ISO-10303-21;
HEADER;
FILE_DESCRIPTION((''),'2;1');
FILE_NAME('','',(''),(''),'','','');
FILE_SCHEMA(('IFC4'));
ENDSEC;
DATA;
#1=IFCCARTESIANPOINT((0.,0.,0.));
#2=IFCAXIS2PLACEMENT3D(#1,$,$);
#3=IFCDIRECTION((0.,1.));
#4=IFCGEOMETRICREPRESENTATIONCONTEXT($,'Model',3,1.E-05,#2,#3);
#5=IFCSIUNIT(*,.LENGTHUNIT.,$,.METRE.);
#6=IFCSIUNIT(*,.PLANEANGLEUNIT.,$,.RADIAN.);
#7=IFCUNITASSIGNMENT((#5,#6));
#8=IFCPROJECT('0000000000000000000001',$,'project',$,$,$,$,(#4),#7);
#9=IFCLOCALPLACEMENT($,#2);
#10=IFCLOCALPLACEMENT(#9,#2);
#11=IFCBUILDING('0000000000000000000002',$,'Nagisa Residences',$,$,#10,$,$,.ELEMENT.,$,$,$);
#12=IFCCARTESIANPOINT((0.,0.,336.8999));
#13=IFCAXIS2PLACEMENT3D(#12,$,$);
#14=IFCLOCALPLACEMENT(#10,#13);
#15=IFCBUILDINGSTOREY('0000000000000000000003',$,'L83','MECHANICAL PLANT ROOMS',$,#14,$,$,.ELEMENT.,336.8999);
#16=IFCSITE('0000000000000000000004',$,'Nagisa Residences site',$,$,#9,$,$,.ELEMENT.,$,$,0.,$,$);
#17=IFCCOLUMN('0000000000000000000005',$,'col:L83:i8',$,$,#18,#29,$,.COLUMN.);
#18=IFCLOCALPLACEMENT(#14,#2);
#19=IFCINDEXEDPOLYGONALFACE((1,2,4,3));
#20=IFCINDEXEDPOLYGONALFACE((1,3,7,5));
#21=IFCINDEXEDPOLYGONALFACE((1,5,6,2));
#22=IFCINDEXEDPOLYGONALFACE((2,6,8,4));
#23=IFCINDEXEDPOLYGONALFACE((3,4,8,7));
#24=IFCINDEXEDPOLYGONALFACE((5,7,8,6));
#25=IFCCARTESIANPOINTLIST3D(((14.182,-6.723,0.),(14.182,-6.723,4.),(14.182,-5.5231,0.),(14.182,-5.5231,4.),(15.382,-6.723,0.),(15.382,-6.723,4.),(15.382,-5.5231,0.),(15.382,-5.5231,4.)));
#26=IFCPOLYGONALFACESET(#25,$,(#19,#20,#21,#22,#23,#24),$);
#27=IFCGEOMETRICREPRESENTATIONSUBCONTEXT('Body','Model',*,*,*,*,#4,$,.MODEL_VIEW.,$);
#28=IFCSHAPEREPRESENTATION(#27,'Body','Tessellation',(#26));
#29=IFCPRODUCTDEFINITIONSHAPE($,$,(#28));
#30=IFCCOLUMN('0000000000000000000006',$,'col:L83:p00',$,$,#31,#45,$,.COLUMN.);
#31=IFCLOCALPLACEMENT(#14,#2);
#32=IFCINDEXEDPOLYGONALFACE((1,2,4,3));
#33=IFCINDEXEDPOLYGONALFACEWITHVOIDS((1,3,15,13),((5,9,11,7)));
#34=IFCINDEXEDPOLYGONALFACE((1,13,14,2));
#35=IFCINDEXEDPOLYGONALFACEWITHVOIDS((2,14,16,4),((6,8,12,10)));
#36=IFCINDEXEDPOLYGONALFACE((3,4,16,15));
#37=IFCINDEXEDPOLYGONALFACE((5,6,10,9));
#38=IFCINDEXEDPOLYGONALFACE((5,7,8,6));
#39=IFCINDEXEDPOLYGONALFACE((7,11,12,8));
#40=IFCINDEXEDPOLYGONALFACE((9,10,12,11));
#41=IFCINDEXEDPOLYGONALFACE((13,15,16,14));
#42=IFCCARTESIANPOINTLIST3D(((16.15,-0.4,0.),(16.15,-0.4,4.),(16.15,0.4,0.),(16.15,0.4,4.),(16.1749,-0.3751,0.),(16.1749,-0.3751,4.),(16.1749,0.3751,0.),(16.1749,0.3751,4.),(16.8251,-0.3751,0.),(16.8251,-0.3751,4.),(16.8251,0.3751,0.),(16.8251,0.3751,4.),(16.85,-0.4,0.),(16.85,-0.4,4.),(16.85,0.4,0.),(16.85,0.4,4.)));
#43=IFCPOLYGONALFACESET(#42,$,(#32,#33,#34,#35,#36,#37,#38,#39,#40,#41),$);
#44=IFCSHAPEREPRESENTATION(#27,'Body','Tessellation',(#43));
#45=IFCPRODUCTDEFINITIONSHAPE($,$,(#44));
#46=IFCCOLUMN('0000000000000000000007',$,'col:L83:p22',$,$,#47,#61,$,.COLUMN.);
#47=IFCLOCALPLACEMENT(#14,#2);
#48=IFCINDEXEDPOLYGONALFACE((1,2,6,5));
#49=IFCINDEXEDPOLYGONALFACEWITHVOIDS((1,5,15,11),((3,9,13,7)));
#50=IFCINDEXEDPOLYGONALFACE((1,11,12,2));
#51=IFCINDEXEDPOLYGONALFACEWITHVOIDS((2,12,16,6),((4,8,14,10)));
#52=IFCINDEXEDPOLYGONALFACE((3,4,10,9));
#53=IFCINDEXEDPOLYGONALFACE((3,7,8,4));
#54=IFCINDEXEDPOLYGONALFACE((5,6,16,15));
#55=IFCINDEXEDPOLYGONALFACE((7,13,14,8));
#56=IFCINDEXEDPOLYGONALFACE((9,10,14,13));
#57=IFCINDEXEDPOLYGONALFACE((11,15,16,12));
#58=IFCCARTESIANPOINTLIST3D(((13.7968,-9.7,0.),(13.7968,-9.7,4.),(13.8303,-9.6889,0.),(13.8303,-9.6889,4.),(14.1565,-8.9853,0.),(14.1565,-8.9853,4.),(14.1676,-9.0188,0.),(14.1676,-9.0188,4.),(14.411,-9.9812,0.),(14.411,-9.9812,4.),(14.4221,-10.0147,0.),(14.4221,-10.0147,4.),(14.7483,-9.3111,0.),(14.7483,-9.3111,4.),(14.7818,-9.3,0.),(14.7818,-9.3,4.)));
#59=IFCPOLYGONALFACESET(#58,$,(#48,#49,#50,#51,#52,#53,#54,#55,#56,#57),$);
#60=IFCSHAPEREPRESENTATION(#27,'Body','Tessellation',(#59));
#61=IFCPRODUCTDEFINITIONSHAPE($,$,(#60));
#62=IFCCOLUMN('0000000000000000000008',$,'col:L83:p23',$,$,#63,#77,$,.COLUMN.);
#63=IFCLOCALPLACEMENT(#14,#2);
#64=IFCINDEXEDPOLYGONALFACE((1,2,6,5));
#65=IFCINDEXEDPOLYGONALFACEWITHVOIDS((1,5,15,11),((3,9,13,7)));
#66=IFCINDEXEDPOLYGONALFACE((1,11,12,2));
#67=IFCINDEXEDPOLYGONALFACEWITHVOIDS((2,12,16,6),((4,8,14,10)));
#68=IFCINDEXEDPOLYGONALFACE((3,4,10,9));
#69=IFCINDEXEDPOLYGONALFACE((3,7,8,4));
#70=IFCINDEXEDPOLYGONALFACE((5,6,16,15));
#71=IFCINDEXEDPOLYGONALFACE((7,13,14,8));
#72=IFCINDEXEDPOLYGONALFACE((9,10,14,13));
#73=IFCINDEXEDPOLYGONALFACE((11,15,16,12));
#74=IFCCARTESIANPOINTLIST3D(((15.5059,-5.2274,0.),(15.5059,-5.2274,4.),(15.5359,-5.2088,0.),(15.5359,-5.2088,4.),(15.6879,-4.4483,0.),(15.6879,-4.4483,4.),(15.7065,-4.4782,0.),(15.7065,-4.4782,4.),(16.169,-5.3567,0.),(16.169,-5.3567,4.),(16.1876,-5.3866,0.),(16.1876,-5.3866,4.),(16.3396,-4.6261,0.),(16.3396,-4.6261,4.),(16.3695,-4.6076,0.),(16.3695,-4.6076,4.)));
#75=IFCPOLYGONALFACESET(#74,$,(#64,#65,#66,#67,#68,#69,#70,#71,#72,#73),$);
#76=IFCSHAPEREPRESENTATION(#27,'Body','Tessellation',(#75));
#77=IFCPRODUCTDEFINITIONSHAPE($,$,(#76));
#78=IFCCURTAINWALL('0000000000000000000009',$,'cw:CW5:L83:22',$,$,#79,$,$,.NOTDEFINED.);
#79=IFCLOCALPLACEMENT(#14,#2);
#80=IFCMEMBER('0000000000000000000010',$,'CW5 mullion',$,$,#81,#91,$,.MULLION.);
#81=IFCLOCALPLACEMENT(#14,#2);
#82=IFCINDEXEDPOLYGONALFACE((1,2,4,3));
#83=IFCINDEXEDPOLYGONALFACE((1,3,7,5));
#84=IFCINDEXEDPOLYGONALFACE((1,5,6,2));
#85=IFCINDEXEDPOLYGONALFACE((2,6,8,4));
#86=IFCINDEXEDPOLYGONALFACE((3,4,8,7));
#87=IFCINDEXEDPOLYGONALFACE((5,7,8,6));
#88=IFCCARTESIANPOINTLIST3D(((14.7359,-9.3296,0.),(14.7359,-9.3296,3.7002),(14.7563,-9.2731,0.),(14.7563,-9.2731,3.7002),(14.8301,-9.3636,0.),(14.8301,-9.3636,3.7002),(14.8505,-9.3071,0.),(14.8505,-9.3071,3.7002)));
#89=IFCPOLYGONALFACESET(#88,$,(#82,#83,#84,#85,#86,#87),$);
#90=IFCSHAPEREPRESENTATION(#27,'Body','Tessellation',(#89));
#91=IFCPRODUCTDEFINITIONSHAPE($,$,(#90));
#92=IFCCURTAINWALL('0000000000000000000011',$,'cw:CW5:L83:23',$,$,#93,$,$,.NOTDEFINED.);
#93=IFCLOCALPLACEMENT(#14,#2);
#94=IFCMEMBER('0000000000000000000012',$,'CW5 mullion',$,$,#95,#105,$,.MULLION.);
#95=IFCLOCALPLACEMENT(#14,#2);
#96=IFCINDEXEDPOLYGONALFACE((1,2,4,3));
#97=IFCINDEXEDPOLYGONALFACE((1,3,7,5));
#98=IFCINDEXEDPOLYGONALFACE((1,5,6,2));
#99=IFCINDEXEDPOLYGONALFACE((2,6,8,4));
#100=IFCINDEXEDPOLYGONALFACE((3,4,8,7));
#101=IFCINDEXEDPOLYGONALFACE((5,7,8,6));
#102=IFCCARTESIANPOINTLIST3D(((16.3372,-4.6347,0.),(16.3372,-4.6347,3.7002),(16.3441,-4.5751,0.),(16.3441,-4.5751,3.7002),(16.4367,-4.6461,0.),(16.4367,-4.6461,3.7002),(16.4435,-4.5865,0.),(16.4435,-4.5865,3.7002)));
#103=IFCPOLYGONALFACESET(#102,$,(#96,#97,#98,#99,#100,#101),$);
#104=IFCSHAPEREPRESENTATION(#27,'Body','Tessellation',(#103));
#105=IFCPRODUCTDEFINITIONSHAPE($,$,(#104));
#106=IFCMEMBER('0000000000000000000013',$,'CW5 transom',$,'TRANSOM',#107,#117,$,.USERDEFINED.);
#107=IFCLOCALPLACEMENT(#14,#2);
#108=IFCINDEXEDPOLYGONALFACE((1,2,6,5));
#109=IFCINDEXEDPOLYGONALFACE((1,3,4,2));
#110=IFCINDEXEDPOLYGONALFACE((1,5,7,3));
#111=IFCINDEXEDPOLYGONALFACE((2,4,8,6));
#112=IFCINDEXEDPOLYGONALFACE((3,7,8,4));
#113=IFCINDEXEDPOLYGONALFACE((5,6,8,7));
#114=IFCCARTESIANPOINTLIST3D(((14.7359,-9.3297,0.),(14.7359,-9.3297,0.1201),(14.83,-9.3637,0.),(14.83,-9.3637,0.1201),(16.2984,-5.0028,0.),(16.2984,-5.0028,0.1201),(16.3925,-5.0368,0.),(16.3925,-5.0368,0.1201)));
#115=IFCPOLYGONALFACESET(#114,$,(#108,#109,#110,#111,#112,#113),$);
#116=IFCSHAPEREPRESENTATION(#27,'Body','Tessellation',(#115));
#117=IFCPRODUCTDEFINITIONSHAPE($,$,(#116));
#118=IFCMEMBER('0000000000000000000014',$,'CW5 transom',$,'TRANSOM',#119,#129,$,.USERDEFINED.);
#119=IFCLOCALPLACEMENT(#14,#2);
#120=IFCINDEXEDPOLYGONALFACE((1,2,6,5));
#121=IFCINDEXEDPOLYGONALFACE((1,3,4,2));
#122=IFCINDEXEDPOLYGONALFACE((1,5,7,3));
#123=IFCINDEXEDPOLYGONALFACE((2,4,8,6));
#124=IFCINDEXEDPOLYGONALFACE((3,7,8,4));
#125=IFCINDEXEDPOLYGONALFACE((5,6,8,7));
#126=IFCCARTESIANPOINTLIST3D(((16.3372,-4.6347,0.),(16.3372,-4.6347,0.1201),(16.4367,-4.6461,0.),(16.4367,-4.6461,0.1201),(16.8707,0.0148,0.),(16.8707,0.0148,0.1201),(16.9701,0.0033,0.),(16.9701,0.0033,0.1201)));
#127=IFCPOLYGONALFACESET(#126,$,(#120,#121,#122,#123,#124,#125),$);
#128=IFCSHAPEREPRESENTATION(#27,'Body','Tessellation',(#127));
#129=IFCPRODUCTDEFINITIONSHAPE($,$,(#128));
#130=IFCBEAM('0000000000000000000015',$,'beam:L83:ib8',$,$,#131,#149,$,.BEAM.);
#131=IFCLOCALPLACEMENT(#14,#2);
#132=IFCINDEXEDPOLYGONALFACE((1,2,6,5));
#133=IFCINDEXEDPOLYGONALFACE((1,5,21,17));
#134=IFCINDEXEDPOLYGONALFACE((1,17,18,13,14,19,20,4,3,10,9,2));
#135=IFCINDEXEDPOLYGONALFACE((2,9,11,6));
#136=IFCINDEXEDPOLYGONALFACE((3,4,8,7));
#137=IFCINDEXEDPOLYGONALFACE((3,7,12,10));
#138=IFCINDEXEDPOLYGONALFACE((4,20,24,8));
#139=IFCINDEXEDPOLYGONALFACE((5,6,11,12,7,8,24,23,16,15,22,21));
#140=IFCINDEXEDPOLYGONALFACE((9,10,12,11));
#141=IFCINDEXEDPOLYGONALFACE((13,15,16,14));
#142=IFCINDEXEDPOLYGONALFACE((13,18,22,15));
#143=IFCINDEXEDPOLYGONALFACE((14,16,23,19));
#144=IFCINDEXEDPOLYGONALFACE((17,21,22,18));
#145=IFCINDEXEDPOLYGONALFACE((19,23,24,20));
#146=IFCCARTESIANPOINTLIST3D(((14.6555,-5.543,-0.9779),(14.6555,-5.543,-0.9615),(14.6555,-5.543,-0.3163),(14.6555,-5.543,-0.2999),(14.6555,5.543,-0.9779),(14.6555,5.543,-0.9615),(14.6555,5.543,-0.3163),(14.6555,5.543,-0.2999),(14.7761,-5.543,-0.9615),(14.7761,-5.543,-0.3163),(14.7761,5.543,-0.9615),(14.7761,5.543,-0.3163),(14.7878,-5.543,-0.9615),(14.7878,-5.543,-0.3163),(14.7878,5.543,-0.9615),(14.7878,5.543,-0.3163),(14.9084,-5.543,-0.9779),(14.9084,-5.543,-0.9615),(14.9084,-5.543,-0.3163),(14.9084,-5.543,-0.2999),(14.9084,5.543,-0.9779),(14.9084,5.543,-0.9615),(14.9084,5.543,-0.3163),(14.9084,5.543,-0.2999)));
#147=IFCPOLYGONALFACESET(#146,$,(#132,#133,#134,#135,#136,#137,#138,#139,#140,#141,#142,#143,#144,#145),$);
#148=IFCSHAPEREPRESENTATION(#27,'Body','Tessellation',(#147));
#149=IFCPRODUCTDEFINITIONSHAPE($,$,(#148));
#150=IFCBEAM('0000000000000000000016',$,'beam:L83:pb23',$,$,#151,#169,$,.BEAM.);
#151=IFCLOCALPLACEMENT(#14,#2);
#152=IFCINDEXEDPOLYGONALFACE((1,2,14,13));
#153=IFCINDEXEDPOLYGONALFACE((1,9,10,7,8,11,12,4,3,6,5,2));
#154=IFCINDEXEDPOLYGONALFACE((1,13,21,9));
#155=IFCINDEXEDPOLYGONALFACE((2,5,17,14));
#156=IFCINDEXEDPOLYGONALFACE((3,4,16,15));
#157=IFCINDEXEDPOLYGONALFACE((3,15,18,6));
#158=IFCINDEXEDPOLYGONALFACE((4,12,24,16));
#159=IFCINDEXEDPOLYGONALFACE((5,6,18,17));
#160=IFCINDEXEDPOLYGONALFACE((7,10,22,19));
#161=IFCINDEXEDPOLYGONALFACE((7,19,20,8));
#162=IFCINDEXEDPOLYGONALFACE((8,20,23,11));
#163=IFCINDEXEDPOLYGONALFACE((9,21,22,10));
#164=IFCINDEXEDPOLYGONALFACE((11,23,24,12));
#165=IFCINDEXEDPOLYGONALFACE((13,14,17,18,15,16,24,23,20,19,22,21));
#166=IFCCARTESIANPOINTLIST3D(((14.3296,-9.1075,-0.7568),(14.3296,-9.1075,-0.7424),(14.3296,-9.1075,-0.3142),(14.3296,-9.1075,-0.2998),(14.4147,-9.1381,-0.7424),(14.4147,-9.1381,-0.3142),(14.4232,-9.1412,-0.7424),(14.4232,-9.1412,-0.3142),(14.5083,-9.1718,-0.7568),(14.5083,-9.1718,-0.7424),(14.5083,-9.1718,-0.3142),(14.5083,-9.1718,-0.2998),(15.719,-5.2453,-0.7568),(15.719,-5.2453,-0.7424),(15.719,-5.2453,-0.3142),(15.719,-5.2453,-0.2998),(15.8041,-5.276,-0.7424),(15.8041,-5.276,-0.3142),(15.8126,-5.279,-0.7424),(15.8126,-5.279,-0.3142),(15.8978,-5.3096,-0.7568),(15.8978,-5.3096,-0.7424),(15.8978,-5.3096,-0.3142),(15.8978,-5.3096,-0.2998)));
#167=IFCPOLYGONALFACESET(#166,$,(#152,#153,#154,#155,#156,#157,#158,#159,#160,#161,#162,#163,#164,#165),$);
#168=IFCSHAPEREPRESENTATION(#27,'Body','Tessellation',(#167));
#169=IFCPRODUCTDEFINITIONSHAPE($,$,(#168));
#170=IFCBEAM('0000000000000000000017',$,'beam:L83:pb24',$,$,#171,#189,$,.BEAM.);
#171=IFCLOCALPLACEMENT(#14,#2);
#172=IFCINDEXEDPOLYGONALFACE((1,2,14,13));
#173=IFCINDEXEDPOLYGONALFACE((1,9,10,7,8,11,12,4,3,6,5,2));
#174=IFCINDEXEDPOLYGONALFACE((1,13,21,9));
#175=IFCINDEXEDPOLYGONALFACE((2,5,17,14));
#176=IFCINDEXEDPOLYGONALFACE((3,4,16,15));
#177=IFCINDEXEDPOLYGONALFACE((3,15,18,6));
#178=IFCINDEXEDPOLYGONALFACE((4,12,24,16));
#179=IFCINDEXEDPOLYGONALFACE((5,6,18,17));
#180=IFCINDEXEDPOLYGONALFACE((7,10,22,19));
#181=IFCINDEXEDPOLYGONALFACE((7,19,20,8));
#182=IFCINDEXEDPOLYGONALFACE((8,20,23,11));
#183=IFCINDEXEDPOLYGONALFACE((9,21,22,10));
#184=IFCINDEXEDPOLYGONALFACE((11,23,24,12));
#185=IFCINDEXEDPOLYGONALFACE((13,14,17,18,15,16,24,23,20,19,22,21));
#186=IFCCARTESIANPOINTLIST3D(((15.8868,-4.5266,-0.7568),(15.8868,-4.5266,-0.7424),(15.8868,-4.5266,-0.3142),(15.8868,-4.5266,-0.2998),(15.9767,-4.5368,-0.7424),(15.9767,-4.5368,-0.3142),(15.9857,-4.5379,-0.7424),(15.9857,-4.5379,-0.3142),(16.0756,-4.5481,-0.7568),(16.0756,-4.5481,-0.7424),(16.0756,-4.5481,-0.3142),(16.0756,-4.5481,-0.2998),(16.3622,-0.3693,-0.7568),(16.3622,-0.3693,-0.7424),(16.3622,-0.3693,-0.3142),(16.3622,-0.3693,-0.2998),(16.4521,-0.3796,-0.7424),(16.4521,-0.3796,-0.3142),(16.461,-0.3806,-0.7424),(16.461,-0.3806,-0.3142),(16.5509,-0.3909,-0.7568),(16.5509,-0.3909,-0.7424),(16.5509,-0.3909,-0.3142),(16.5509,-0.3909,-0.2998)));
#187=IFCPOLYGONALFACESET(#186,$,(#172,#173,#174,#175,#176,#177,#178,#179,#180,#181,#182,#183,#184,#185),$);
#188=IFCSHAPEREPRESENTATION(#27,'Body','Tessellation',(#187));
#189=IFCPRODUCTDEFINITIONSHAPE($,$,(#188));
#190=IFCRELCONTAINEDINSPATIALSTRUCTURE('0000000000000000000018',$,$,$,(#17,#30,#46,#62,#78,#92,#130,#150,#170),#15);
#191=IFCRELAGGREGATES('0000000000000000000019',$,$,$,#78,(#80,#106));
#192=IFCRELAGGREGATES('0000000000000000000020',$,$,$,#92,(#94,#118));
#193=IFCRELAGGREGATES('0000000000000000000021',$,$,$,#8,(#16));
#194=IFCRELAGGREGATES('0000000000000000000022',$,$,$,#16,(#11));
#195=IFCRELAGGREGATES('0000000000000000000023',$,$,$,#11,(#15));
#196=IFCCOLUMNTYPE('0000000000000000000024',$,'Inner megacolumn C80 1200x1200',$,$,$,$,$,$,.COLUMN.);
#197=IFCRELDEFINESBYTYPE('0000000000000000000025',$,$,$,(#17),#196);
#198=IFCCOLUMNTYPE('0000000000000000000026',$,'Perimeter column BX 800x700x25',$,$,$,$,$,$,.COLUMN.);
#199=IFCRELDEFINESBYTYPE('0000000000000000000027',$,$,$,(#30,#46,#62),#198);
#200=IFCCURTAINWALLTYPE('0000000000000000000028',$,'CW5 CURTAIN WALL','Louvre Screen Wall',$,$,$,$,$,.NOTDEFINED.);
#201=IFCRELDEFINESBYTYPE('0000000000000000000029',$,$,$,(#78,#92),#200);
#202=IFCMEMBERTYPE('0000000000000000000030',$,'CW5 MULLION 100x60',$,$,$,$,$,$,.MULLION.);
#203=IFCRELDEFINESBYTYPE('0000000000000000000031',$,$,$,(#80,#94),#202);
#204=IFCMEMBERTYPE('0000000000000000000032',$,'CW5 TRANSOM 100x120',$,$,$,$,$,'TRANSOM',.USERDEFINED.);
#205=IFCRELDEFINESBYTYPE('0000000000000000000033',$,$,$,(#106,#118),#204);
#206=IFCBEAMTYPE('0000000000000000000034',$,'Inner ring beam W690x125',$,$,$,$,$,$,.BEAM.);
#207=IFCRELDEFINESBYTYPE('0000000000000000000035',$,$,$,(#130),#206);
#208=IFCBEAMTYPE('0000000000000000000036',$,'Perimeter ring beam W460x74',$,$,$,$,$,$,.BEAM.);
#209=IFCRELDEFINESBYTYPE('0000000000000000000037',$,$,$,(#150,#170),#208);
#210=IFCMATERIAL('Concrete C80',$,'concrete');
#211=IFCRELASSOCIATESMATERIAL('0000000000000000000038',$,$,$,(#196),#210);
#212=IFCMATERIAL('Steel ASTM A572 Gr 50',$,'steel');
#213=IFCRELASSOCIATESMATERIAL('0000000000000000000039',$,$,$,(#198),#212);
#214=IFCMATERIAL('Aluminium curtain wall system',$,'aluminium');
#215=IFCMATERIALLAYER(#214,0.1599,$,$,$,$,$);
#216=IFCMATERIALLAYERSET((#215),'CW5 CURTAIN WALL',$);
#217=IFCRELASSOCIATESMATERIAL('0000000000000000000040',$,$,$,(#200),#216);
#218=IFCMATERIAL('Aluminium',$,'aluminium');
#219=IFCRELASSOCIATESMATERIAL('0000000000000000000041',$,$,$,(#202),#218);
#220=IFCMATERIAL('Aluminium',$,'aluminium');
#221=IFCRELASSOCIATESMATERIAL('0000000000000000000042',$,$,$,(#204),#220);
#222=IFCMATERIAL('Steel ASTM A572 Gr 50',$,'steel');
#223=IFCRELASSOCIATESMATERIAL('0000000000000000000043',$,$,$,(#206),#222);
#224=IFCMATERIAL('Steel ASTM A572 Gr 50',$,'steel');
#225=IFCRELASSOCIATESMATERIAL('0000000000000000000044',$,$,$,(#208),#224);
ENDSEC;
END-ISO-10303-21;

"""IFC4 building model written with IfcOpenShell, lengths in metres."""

from ifc_helpers import new_model, si_unit, direction, frame, origin, origin_2d, place, context, subcontext, project, spatial, rectangle, hollow_rectangle, i_section, extrude, material, layer, layer_set, material_profile, profile_set, type_object, element, aggregate, save


model = new_model("IFC4")

# Units and contexts
model_context = context("Model", 3, precision=1e-05, world=origin(), true_north=direction((0.0, 1.0)))
body_context = subcontext(model_context, "Body", "Model", "MODEL_VIEW")
ifc_project = project(units=[si_unit("LENGTHUNIT", "METRE"), si_unit("PLANEANGLEUNIT", "RADIAN")], contexts=[model_context])

# Site, building, storey
site_placement = place(None, origin())
site = spatial("IfcSite", under=ifc_project, at=site_placement, Name="Nagisa Residences site", CompositionType="ELEMENT", RefElevation=0.0)
building_placement = place(site_placement, origin())
building = spatial("IfcBuilding", under=site, at=building_placement, Name="Nagisa Residences", CompositionType="ELEMENT")
storey_placement = place(building_placement, frame((0.0, 0.0, 336.8999)))
storey = spatial("IfcBuildingStorey", under=building, at=storey_placement, Name="L83", Description="MECHANICAL PLANT ROOMS", CompositionType="ELEMENT", Elevation=336.8999)

# Columns
ifc_material_1 = material(Name="Concrete C80", Category="concrete")
ifc_material_profile_1 = material_profile(ifc_material_1, rectangle(XDim=1.2, YDim=1.2, at=origin_2d()), Name="C80 1200x1200")
ifc_profile_set_1 = profile_set([ifc_material_profile_1], Name="Concrete C80")
column_type_1 = type_object("IfcColumnType", Name="Inner megacolumn C80 1200x1200", PredefinedType="COLUMN", material=ifc_profile_set_1)
column_placement = place(storey_placement, frame((14.782, -6.123, 0.0), z_axis=(0.0, 0.0, 1.0), x_axis=(1.0, 0.0, 0.0)))
element("IfcColumn", 1, at=column_placement, inside=storey, type_object=column_type_1, Name="col:L83:i8", PredefinedType="COLUMN", context=body_context, shape_type="SweptSolid", body=[
    extrude(rectangle(XDim=1.2, YDim=1.2, at=origin_2d()), origin(), (0.0, 0.0, 1.0), 4.0),
])
ifc_material_2 = material(Name="Steel ASTM A572 Gr 50", Category="steel")
ifc_material_profile_2 = material_profile(ifc_material_2, hollow_rectangle(XDim=0.8, YDim=0.7, WallThickness=0.0249, at=origin_2d()), Name="BX 800x700x25")
ifc_profile_set_2 = profile_set([ifc_material_profile_2], Name="Steel ASTM A572 Gr 50")
column_type_2 = type_object("IfcColumnType", Name="Perimeter column BX 800x700x25", PredefinedType="COLUMN", material=ifc_profile_set_2)
for number, where, z_axis, x_axis, name in (
    (2, (16.5, 0.0, 0.0), (0.0, 0.0, 1.0), (0.0, 1.0, 0.0), "col:L83:p00"),
    (3, (14.2893, -9.5, 0.0), (0.0, 0.0, 1.0), (0.449592, 0.893234, 0.0), "col:L83:p22"),
    (4, (15.9377, -4.9175, 0.0), (0.0, 0.0, 1.0), (0.227473, 0.973784, 0.0), "col:L83:p23"),
):
    element("IfcColumn", number, at=place(storey_placement, frame(where, z_axis=z_axis, x_axis=x_axis)), inside=storey, type_object=column_type_2, Name=name, PredefinedType="COLUMN", context=body_context, shape_type="SweptSolid", body=[
        extrude(hollow_rectangle(XDim=0.8, YDim=0.7, WallThickness=0.0249, at=origin_2d()), origin(), (0.0, 0.0, 1.0), 4.0),
    ])

# Curtain walls, members
ifc_material_3 = material(Name="Aluminium curtain wall system", Category="aluminium")
ifc_layer_1 = layer(ifc_material_3, 0.1599)
ifc_layer_set_1 = layer_set([ifc_layer_1], Name="CW5 CURTAIN WALL")
curtain_wall_type = type_object("IfcCurtainWallType", Name="CW5 CURTAIN WALL", Description="Louvre Screen Wall", PredefinedType="NOTDEFINED", material=ifc_layer_set_1)
curtain_wall_1_placement = place(storey_placement, origin())
curtain_wall_1 = element("IfcCurtainWall", 5, at=curtain_wall_1_placement, inside=storey, type_object=curtain_wall_type, Name="cw:CW5:L83:22", PredefinedType="NOTDEFINED")
ifc_material_4 = material(Name="Aluminium", Category="aluminium")
ifc_material_profile_3 = material_profile(ifc_material_4, rectangle(XDim=0.1001, YDim=0.0601, at=origin_2d()), Name="CW5 MULLION 100x60")
ifc_profile_set_3 = profile_set([ifc_material_profile_3], Name="Aluminium")
member_type_1 = type_object("IfcMemberType", Name="CW5 MULLION 100x60", PredefinedType="MULLION", material=ifc_profile_set_3)
member_1_placement = place(storey_placement, frame((14.7932, -9.3184, 0.0), z_axis=(0.0, 0.0, 1.0), x_axis=(-0.940554, 0.339643, 0.0)))
member_1 = element("IfcMember", 6, at=member_1_placement, type_object=member_type_1, Name="CW5 mullion", PredefinedType="MULLION", context=body_context, shape_type="SweptSolid", body=[
    extrude(rectangle(XDim=0.1001, YDim=0.0601, at=origin_2d()), origin(), (0.0, 0.0, 1.0), 3.7002),
])
curtain_wall_2_placement = place(storey_placement, origin())
curtain_wall_2 = element("IfcCurtainWall", 7, at=curtain_wall_2_placement, inside=storey, type_object=curtain_wall_type, Name="cw:CW5:L83:23", PredefinedType="NOTDEFINED")
member_2_placement = place(storey_placement, frame((16.3904, -4.6106, 0.0), z_axis=(0.0, 0.0, 1.0), x_axis=(-0.993478, 0.114025, 0.0)))
member_2 = element("IfcMember", 8, at=member_2_placement, type_object=member_type_1, Name="CW5 mullion", PredefinedType="MULLION", context=body_context, shape_type="SweptSolid", body=[
    extrude(rectangle(XDim=0.1001, YDim=0.0601, at=origin_2d()), origin(), (0.0, 0.0, 1.0), 3.7002),
])

# Members
ifc_material_5 = material(Name="Aluminium", Category="aluminium")
ifc_material_profile_4 = material_profile(ifc_material_5, rectangle(XDim=0.1001, YDim=0.1201, at=origin_2d()), Name="CW5 TRANSOM 100x120")
ifc_profile_set_4 = profile_set([ifc_material_profile_4], Name="Aluminium")
member_type_2 = type_object("IfcMemberType", Name="CW5 TRANSOM 100x120", ElementType="TRANSOM", PredefinedType="USERDEFINED", material=ifc_profile_set_4)
member_3_placement = place(storey_placement, frame((14.783, -9.3467, 0.0601), z_axis=(0.339646, 0.940553, 0.0), x_axis=(-0.940553, 0.339646, 0.0)))
member_3 = element("IfcMember", 9, at=member_3_placement, type_object=member_type_2, Name="CW5 transom", ObjectType="TRANSOM", PredefinedType="USERDEFINED", context=body_context, shape_type="SweptSolid", body=[
    extrude(rectangle(XDim=0.1001, YDim=0.1201, at=origin_2d()), origin(), (0.0, 0.0, 1.0), 4.6003),
])
member_4_placement = place(storey_placement, frame((16.387, -4.6404, 0.0601), z_axis=(0.113986, 0.993482, 0.0), x_axis=(-0.993482, 0.113986, 0.0)))
member_4 = element("IfcMember", 10, at=member_4_placement, type_object=member_type_2, Name="CW5 transom", ObjectType="TRANSOM", PredefinedType="USERDEFINED", context=body_context, shape_type="SweptSolid", body=[
    extrude(rectangle(XDim=0.1001, YDim=0.1201, at=origin_2d()), origin(), (0.0, 0.0, 1.0), 4.6799),
])

# Beams
ifc_material_6 = material(Name="Steel ASTM A572 Gr 50", Category="steel")
ifc_material_profile_5 = material_profile(ifc_material_6, i_section(OverallWidth=0.2529, OverallDepth=0.678, WebThickness=0.0117, FlangeThickness=0.0164, at=origin_2d()), Name="W690x125")
ifc_profile_set_5 = profile_set([ifc_material_profile_5], Name="Steel ASTM A572 Gr 50")
beam_type_1 = type_object("IfcBeamType", Name="Inner ring beam W690x125", PredefinedType="BEAM", material=ifc_profile_set_5)
beam_1_placement = place(storey_placement, frame((14.782, -5.543, -0.6389), z_axis=(0.0, 1.0, 0.0), x_axis=(-1.0, 0.0, 0.0)))
element("IfcBeam", 11, at=beam_1_placement, inside=storey, type_object=beam_type_1, Name="beam:L83:ib8", PredefinedType="BEAM", context=body_context, shape_type="SweptSolid", body=[
    extrude(i_section(OverallWidth=0.2529, OverallDepth=0.678, WebThickness=0.0117, FlangeThickness=0.0164, at=origin_2d()), origin(), (0.0, 0.0, 1.0), 11.0859),
])
ifc_material_7 = material(Name="Steel ASTM A572 Gr 50", Category="steel")
ifc_material_profile_6 = material_profile(ifc_material_7, i_section(OverallWidth=0.1899, OverallDepth=0.457, WebThickness=0.009, FlangeThickness=0.0144, at=origin_2d()), Name="W460x74")
ifc_profile_set_6 = profile_set([ifc_material_profile_6], Name="Steel ASTM A572 Gr 50")
beam_type_2 = type_object("IfcBeamType", Name="Perimeter ring beam W460x74", PredefinedType="BEAM", material=ifc_profile_set_6)
beam_2_placement = place(storey_placement, frame((14.4189, -9.1396, -0.5283), z_axis=(0.338517, 0.94096, 0.0), x_axis=(-0.94096, 0.338517, 0.0)))
element("IfcBeam", 12, at=beam_2_placement, inside=storey, type_object=beam_type_2, Name="beam:L83:pb23", PredefinedType="BEAM", context=body_context, shape_type="SweptSolid", body=[
    extrude(i_section(OverallWidth=0.1899, OverallDepth=0.457, WebThickness=0.009, FlangeThickness=0.0144, at=origin_2d()), origin(), (0.0, 0.0, 1.0), 4.1045),
])
beam_3_placement = place(storey_placement, frame((15.9812, -4.5374, -0.5283), z_axis=(0.113601, 0.993526, 0.0), x_axis=(-0.993526, 0.113601, 0.0)))
element("IfcBeam", 13, at=beam_3_placement, inside=storey, type_object=beam_type_2, Name="beam:L83:pb24", PredefinedType="BEAM", context=body_context, shape_type="SweptSolid", body=[
    extrude(i_section(OverallWidth=0.1899, OverallDepth=0.457, WebThickness=0.009, FlangeThickness=0.0144, at=origin_2d()), origin(), (0.0, 0.0, 1.0), 4.1843),
])

aggregate(curtain_wall_1, [member_1, member_3])
aggregate(curtain_wall_2, [member_2, member_4])

save(model, "model.ifc")
